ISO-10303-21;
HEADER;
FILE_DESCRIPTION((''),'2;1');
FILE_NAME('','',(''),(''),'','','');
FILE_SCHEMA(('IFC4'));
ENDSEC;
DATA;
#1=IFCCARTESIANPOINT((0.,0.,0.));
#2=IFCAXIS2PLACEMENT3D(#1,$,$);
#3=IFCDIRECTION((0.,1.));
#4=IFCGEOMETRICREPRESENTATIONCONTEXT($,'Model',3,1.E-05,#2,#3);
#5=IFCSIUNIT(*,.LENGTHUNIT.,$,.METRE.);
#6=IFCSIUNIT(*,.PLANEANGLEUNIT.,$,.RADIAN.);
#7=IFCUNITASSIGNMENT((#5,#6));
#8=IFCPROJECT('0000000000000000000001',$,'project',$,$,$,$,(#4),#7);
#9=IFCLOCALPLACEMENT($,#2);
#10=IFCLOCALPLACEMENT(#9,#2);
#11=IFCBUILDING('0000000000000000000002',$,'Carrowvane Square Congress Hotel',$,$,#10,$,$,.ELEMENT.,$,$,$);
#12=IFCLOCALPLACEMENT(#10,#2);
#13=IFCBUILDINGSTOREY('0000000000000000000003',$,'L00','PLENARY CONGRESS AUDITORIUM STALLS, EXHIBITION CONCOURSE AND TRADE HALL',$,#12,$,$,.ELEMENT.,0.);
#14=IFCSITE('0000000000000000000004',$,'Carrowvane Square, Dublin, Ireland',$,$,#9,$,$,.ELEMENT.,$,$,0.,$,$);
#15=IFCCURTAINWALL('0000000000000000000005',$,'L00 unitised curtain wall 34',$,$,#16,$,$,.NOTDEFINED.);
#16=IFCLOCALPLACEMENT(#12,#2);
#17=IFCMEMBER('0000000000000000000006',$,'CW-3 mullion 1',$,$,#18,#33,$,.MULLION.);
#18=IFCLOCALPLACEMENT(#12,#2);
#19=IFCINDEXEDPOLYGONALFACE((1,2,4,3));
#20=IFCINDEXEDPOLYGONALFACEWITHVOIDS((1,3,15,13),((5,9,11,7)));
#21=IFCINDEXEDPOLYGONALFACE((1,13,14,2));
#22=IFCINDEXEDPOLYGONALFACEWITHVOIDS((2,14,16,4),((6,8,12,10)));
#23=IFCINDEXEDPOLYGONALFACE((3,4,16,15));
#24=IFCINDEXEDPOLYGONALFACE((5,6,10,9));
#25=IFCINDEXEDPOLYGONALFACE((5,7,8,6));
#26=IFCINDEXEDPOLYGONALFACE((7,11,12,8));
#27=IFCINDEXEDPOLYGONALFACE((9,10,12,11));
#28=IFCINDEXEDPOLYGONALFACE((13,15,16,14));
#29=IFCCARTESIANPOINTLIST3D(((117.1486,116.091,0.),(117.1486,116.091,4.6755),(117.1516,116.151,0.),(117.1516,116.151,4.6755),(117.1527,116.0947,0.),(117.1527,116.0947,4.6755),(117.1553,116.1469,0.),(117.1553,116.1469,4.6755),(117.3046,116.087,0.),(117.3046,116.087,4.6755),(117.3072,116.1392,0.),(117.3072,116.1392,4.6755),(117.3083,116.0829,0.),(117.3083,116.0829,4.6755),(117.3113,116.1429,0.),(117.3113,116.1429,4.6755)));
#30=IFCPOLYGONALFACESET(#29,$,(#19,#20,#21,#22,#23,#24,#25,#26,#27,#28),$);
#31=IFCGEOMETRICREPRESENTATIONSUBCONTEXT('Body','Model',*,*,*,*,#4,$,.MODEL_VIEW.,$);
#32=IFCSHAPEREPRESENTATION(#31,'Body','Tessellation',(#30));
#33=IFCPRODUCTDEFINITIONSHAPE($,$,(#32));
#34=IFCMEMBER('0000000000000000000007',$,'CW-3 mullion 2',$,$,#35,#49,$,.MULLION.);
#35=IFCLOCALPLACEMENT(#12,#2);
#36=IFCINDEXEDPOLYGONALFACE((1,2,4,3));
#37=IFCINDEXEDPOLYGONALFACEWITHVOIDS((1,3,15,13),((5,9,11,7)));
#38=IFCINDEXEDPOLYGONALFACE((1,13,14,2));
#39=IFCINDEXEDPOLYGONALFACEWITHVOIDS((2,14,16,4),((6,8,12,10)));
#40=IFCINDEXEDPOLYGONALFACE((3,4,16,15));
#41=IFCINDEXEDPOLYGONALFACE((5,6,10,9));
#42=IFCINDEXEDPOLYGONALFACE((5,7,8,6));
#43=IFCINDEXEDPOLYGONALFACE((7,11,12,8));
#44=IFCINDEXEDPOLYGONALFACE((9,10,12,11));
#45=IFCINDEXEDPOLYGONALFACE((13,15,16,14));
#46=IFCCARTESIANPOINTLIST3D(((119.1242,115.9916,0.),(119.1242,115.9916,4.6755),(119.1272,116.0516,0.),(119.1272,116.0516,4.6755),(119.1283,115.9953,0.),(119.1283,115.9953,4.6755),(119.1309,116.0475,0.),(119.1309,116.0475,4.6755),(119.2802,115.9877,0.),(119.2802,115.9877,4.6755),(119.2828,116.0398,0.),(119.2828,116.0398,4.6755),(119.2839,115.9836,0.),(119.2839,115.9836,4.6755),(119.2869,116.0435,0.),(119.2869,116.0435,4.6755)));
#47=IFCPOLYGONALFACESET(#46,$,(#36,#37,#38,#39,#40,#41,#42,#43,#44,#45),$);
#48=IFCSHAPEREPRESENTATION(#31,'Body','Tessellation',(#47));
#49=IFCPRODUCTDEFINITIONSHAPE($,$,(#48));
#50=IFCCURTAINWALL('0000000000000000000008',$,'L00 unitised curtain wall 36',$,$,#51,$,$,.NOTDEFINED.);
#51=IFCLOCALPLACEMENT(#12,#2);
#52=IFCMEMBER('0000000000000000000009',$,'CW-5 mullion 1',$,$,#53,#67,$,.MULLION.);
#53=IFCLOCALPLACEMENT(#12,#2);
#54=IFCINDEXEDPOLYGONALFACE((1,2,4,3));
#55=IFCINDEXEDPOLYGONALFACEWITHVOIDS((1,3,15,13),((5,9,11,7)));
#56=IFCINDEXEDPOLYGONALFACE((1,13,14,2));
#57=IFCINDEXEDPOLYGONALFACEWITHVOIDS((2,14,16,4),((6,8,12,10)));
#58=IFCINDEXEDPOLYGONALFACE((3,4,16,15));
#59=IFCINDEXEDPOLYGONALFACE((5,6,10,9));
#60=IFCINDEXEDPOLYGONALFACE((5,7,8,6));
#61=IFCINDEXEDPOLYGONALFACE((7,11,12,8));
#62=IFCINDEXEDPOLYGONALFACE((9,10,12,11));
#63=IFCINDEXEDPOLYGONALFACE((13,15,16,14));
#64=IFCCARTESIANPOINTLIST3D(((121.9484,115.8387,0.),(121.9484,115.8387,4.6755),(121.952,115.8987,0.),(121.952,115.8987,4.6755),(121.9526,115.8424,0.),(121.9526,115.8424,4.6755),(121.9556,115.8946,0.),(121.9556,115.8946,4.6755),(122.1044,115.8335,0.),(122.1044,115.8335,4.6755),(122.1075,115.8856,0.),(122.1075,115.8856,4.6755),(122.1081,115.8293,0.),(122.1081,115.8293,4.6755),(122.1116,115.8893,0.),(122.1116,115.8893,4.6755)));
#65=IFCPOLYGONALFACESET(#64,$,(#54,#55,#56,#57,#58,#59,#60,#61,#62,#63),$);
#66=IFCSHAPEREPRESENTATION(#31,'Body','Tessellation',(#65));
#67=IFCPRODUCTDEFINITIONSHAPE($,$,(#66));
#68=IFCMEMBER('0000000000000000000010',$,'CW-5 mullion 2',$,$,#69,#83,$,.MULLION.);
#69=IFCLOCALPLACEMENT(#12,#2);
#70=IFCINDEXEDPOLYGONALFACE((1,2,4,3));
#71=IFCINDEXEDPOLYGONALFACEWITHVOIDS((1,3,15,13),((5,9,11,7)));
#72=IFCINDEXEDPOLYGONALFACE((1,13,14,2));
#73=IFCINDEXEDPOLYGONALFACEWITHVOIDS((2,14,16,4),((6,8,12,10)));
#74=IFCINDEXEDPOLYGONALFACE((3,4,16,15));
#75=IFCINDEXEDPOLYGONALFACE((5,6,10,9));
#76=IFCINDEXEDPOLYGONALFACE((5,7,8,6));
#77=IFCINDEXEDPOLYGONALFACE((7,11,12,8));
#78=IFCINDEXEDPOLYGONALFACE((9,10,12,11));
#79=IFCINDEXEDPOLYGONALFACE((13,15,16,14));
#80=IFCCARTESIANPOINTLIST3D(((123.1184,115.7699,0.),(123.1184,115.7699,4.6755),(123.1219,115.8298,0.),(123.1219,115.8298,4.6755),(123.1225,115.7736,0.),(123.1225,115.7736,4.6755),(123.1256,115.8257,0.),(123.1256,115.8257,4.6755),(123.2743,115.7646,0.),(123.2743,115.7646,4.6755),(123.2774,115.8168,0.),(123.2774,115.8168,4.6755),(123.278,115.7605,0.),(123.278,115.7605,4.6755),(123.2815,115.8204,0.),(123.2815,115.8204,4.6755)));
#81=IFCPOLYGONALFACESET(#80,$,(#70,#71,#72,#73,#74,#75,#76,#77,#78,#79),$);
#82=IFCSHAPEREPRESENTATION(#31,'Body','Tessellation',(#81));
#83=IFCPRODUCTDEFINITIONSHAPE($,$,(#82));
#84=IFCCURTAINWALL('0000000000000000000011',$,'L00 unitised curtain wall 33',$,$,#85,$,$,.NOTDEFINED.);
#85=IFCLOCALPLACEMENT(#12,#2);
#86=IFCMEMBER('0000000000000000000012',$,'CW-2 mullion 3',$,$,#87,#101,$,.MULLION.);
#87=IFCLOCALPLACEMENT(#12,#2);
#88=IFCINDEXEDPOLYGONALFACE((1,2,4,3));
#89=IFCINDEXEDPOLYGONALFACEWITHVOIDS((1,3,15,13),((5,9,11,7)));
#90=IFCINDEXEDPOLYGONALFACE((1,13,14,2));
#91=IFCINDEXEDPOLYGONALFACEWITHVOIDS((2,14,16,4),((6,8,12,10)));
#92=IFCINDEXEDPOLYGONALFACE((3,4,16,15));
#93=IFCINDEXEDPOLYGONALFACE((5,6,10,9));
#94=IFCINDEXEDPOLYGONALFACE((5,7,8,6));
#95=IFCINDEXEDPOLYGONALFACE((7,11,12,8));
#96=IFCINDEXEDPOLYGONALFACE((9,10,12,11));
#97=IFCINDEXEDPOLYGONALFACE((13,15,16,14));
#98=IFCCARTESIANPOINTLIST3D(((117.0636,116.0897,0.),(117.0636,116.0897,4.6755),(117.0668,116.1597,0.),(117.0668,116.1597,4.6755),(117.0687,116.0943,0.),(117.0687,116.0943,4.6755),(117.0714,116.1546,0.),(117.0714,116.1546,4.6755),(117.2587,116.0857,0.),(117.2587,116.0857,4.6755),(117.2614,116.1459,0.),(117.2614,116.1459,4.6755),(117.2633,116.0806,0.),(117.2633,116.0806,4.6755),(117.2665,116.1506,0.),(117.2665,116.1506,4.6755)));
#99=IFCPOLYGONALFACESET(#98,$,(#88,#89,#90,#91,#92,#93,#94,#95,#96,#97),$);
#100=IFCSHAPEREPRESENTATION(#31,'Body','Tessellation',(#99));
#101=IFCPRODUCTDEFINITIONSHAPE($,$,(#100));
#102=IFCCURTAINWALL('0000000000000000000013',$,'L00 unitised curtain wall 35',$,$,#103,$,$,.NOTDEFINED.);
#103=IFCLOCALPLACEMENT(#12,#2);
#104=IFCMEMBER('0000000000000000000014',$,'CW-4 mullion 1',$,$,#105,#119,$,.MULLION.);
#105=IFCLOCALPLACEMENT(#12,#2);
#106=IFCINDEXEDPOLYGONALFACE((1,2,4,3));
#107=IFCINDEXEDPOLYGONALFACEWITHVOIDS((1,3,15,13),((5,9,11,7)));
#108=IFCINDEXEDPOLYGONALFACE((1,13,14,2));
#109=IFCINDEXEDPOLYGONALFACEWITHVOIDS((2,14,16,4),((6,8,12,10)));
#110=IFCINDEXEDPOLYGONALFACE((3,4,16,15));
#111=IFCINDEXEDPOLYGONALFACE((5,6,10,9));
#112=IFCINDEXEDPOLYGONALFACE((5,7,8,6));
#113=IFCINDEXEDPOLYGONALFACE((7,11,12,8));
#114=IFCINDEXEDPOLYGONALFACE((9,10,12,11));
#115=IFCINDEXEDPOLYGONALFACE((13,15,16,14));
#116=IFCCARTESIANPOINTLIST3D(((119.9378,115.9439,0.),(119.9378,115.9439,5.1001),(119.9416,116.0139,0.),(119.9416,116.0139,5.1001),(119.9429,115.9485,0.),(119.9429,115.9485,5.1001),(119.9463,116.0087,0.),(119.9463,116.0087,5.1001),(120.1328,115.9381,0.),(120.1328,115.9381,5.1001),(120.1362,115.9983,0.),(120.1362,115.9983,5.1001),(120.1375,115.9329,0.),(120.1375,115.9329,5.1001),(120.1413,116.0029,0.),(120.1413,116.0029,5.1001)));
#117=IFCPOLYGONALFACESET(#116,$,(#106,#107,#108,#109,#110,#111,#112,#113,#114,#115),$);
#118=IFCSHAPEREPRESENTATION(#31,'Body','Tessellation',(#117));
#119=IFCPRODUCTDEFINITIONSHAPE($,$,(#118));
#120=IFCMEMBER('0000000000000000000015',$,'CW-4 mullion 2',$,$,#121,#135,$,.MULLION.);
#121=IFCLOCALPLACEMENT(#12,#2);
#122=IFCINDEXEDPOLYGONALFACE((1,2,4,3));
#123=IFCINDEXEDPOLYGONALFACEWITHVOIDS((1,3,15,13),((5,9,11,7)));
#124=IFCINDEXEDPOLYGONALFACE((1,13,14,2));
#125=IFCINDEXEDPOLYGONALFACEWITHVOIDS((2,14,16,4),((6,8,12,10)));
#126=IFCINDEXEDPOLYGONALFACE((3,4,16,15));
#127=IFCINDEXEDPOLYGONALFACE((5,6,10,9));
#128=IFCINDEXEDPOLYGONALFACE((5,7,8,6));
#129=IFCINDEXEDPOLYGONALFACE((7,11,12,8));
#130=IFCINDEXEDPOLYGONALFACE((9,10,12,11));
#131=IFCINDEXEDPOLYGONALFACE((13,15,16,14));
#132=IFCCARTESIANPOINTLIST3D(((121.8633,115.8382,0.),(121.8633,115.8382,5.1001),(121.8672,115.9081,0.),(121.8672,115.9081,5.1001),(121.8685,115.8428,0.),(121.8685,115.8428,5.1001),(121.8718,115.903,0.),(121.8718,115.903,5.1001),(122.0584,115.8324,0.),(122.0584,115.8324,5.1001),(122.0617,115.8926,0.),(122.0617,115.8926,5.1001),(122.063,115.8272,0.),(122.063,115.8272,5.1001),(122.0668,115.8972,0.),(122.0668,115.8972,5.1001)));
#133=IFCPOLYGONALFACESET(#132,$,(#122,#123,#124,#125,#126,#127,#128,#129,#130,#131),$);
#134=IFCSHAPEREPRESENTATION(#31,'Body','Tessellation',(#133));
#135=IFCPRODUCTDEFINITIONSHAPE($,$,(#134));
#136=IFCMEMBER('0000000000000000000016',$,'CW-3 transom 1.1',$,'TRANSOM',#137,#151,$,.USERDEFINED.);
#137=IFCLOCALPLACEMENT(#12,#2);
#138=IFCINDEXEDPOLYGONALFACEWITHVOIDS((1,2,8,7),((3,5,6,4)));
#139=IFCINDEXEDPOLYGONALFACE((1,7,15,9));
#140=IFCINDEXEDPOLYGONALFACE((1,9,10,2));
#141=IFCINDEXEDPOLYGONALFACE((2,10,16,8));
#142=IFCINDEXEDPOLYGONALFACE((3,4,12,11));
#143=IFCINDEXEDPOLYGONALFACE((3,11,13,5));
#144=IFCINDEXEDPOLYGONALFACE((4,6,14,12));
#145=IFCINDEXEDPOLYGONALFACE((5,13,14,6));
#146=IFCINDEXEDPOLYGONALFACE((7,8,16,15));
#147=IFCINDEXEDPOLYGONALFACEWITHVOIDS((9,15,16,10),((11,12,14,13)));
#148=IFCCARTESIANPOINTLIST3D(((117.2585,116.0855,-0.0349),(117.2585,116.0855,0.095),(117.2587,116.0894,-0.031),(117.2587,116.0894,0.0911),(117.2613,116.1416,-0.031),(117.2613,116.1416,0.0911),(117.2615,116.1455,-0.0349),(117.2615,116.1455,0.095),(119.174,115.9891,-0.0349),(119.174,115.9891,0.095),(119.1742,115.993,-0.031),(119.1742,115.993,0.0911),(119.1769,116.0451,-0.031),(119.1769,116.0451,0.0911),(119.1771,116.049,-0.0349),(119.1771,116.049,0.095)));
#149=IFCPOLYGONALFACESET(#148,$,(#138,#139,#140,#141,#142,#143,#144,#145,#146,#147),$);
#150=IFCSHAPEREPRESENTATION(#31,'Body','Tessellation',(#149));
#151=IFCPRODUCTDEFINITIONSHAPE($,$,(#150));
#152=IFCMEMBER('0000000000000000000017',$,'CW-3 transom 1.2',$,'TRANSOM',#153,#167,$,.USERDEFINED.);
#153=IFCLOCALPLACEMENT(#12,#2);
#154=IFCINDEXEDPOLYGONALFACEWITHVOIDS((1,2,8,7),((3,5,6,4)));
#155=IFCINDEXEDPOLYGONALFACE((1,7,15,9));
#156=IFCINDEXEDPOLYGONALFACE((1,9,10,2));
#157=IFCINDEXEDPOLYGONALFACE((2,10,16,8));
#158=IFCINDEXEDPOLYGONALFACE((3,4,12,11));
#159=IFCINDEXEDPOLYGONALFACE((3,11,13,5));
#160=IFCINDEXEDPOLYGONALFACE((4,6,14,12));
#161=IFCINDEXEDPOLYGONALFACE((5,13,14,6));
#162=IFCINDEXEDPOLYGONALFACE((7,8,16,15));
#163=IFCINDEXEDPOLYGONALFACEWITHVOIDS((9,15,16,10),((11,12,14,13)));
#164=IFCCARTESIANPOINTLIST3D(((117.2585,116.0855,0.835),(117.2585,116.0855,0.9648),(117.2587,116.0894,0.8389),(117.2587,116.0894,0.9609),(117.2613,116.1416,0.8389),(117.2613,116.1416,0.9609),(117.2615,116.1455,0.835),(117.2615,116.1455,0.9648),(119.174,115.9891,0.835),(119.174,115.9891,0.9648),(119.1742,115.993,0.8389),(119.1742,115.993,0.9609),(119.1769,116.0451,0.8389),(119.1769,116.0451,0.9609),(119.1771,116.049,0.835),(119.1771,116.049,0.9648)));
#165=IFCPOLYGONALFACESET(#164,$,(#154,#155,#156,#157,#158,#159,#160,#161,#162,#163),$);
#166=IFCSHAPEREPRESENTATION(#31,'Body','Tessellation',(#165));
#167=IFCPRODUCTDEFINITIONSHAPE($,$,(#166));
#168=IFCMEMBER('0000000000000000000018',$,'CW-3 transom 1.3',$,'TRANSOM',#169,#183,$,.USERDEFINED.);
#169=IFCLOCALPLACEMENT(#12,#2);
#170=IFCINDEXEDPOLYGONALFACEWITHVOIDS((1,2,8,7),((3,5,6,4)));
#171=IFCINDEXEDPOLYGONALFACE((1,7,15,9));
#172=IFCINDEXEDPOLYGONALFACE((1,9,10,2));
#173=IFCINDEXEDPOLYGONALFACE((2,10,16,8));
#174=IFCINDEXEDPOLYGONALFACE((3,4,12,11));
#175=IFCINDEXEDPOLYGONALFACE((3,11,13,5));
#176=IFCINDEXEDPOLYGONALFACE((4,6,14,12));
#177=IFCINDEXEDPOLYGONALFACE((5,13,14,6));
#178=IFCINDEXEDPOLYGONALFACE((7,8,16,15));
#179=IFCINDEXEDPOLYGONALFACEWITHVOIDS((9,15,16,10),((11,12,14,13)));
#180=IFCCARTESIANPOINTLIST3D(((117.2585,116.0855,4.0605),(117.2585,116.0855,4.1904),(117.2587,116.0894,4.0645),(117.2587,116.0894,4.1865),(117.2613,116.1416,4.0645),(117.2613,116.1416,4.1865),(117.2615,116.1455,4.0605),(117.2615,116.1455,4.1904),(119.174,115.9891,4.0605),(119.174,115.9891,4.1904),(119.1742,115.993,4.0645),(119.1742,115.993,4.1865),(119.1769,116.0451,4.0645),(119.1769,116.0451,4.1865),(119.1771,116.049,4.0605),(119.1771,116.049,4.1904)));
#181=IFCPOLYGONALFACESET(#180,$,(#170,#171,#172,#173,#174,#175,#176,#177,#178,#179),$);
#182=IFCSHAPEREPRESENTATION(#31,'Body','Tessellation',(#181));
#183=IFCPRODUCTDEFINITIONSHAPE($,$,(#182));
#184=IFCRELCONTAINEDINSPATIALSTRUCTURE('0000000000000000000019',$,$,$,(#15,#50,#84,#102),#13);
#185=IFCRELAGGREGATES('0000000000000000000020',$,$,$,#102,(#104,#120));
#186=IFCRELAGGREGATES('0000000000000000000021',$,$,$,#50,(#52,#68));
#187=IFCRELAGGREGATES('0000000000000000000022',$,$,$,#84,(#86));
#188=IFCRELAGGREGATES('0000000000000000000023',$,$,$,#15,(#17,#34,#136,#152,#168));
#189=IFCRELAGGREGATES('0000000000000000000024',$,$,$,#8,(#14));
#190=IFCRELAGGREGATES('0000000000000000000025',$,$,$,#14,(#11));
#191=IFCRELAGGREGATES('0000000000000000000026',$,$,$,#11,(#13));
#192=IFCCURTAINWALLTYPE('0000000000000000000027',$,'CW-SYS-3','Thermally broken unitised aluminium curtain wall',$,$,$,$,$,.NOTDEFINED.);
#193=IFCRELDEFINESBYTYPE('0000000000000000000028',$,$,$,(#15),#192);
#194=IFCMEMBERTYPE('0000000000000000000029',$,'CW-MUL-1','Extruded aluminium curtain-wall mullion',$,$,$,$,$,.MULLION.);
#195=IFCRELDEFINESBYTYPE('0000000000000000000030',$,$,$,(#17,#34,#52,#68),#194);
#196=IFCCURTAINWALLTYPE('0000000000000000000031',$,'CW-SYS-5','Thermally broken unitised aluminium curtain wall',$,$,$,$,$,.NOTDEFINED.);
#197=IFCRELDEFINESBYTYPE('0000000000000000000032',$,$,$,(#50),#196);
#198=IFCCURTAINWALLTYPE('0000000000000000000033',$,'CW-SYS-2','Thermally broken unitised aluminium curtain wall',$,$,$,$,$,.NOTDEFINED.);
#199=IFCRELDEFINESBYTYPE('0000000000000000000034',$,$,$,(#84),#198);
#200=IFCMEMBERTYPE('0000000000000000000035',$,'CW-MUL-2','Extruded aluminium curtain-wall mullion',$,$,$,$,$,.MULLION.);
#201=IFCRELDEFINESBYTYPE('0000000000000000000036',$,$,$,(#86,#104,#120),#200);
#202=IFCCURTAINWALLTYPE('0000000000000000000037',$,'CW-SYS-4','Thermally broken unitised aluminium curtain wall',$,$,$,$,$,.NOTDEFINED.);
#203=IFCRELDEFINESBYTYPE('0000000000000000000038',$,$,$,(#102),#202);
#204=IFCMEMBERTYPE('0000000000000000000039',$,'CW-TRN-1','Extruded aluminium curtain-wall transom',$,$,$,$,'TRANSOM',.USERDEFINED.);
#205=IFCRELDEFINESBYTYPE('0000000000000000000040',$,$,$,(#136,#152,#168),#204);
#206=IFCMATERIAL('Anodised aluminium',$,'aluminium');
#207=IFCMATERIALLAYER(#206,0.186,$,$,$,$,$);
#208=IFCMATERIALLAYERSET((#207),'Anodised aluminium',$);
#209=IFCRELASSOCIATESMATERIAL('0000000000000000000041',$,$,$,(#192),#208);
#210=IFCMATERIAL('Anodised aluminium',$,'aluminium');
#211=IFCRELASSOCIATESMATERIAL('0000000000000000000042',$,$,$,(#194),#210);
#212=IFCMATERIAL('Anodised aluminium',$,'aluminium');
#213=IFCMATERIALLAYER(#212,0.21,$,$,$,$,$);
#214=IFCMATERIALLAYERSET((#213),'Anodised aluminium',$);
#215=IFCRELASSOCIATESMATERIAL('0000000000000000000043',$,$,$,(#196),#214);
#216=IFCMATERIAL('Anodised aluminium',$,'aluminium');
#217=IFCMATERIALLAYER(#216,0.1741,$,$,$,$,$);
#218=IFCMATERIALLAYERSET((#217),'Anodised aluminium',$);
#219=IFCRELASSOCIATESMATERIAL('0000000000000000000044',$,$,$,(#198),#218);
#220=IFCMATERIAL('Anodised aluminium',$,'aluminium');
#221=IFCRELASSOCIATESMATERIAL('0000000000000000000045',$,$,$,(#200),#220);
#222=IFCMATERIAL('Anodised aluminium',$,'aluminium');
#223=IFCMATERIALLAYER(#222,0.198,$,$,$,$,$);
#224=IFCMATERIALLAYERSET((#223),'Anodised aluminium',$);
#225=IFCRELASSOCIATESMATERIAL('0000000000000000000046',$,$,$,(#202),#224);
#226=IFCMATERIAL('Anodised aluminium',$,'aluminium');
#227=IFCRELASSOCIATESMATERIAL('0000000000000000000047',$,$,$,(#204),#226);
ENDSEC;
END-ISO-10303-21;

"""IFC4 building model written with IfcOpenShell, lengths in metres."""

from ifc_helpers import new_model, si_unit, direction, frame, origin, origin_2d, place, context, subcontext, project, spatial, hollow_rectangle, extrude, material, layer, layer_set, material_profile, profile_set, type_object, element, aggregate, save


model = new_model("IFC4")

# Units and contexts
model_context = context("Model", 3, precision=1e-05, world=origin(), true_north=direction((0.0, 1.0)))
body_context = subcontext(model_context, "Body", "Model", "MODEL_VIEW")
ifc_project = project(units=[si_unit("LENGTHUNIT", "METRE"), si_unit("PLANEANGLEUNIT", "RADIAN")], contexts=[model_context])

# Site, building, storey
site_placement = place(None, origin())
site = spatial("IfcSite", under=ifc_project, at=site_placement, Name="Carrowvane Square, Dublin, Ireland", CompositionType="ELEMENT", RefElevation=0.0)
building_placement = place(site_placement, origin())
building = spatial("IfcBuilding", under=site, at=building_placement, Name="Carrowvane Square Congress Hotel", CompositionType="ELEMENT")
storey_placement = place(building_placement, origin())
storey = spatial("IfcBuildingStorey", under=building, at=storey_placement, Name="L00", Description="PLENARY CONGRESS AUDITORIUM STALLS, EXHIBITION CONCOURSE AND TRADE HALL", CompositionType="ELEMENT", Elevation=0.0)

# Curtain walls, members
ifc_material_1 = material(Name="Anodised aluminium", Category="aluminium")
ifc_layer_1 = layer(ifc_material_1, 0.186)
ifc_layer_set_1 = layer_set([ifc_layer_1], Name="Anodised aluminium")
curtain_wall_type_1 = type_object("IfcCurtainWallType", Name="CW-SYS-3", Description="Thermally broken unitised aluminium curtain wall", PredefinedType="NOTDEFINED", material=ifc_layer_set_1)
curtain_wall_1_placement = place(storey_placement, origin())
curtain_wall_1 = element("IfcCurtainWall", 1, at=curtain_wall_1_placement, inside=storey, type_object=curtain_wall_type_1, Name="L00 unitised curtain wall 34", PredefinedType="NOTDEFINED")
ifc_material_2 = material(Name="Anodised aluminium", Category="aluminium")
ifc_material_profile_1 = material_profile(ifc_material_2, hollow_rectangle(XDim=0.0601, YDim=0.1599, WallThickness=0.0039, at=origin_2d()), Name="CW-ML 60x160x4")
ifc_profile_set_1 = profile_set([ifc_material_profile_1], Name="Anodised aluminium")
member_type_1 = type_object("IfcMemberType", Name="CW-MUL-1", Description="Extruded aluminium curtain-wall mullion", PredefinedType="MULLION", material=ifc_profile_set_1)
member_1_placement = place(storey_placement, frame((117.23, 116.1169, 0.0), z_axis=(0.0, 0.0, 1.0), x_axis=(0.050324, 0.998733, 0.0)))
member_1 = element("IfcMember", 2, at=member_1_placement, type_object=member_type_1, Name="CW-3 mullion 1", PredefinedType="MULLION", context=body_context, shape_type="SweptSolid", body=[
    extrude(hollow_rectangle(XDim=0.0601, YDim=0.1599, WallThickness=0.0039, at=origin_2d()), origin(), (0.0, 0.0, 1.0), 4.6755),
])
member_2_placement = place(storey_placement, frame((119.2056, 116.0176, 0.0), z_axis=(0.0, 0.0, 1.0), x_axis=(0.050324, 0.998733, 0.0)))
member_2 = element("IfcMember", 3, at=member_2_placement, type_object=member_type_1, Name="CW-3 mullion 2", PredefinedType="MULLION", context=body_context, shape_type="SweptSolid", body=[
    extrude(hollow_rectangle(XDim=0.0601, YDim=0.1599, WallThickness=0.0039, at=origin_2d()), origin(), (0.0, 0.0, 1.0), 4.6755),
])
ifc_material_3 = material(Name="Anodised aluminium", Category="aluminium")
ifc_layer_2 = layer(ifc_material_3, 0.21)
ifc_layer_set_2 = layer_set([ifc_layer_2], Name="Anodised aluminium")
curtain_wall_type_2 = type_object("IfcCurtainWallType", Name="CW-SYS-5", Description="Thermally broken unitised aluminium curtain wall", PredefinedType="NOTDEFINED", material=ifc_layer_set_2)
curtain_wall_2_placement = place(storey_placement, origin())
curtain_wall_2 = element("IfcCurtainWall", 4, at=curtain_wall_2_placement, inside=storey, type_object=curtain_wall_type_2, Name="L00 unitised curtain wall 36", PredefinedType="NOTDEFINED")
member_3_placement = place(storey_placement, frame((122.03, 115.864, 0.0), z_axis=(0.0, 0.0, 1.0), x_axis=(0.058851, 0.998267, 0.0)))
member_3 = element("IfcMember", 5, at=member_3_placement, type_object=member_type_1, Name="CW-5 mullion 1", PredefinedType="MULLION", context=body_context, shape_type="SweptSolid", body=[
    extrude(hollow_rectangle(XDim=0.0601, YDim=0.1599, WallThickness=0.0039, at=origin_2d()), origin(), (0.0, 0.0, 1.0), 4.6755),
])
member_4_placement = place(storey_placement, frame((123.2, 115.7952, 0.0), z_axis=(0.0, 0.0, 1.0), x_axis=(0.058851, 0.998267, 0.0)))
member_4 = element("IfcMember", 6, at=member_4_placement, type_object=member_type_1, Name="CW-5 mullion 2", PredefinedType="MULLION", context=body_context, shape_type="SweptSolid", body=[
    extrude(hollow_rectangle(XDim=0.0601, YDim=0.1599, WallThickness=0.0039, at=origin_2d()), origin(), (0.0, 0.0, 1.0), 4.6755),
])

# Curtain wall, member
ifc_material_4 = material(Name="Anodised aluminium", Category="aluminium")
ifc_layer_3 = layer(ifc_material_4, 0.1741)
ifc_layer_set_3 = layer_set([ifc_layer_3], Name="Anodised aluminium")
curtain_wall_type_3 = type_object("IfcCurtainWallType", Name="CW-SYS-2", Description="Thermally broken unitised aluminium curtain wall", PredefinedType="NOTDEFINED", material=ifc_layer_set_3)
curtain_wall_3_placement = place(storey_placement, origin())
curtain_wall_3 = element("IfcCurtainWall", 7, at=curtain_wall_3_placement, inside=storey, type_object=curtain_wall_type_3, Name="L00 unitised curtain wall 33", PredefinedType="NOTDEFINED")
ifc_material_5 = material(Name="Anodised aluminium", Category="aluminium")
ifc_material_profile_2 = material_profile(ifc_material_5, hollow_rectangle(XDim=0.0701, YDim=0.2, WallThickness=0.0049, at=origin_2d()), Name="CW-ML 70x200x5")
ifc_profile_set_2 = profile_set([ifc_material_profile_2], Name="Anodised aluminium")
member_type_2 = type_object("IfcMemberType", Name="CW-MUL-2", Description="Extruded aluminium curtain-wall mullion", PredefinedType="MULLION", material=ifc_profile_set_2)
member_5_placement = place(storey_placement, frame((117.165, 116.1201, 0.0), z_axis=(0.0, 0.0, 1.0), x_axis=(0.045411, 0.998968, 0.0)))
member_5 = element("IfcMember", 8, at=member_5_placement, type_object=member_type_2, Name="CW-2 mullion 3", PredefinedType="MULLION", context=body_context, shape_type="SweptSolid", body=[
    extrude(hollow_rectangle(XDim=0.0701, YDim=0.2, WallThickness=0.0049, at=origin_2d()), origin(), (0.0, 0.0, 1.0), 4.6755),
])

# Curtain wall, members
ifc_material_6 = material(Name="Anodised aluminium", Category="aluminium")
ifc_layer_4 = layer(ifc_material_6, 0.198)
ifc_layer_set_4 = layer_set([ifc_layer_4], Name="Anodised aluminium")
curtain_wall_type_4 = type_object("IfcCurtainWallType", Name="CW-SYS-4", Description="Thermally broken unitised aluminium curtain wall", PredefinedType="NOTDEFINED", material=ifc_layer_set_4)
curtain_wall_4_placement = place(storey_placement, origin())
curtain_wall_4 = element("IfcCurtainWall", 9, at=curtain_wall_4_placement, inside=storey, type_object=curtain_wall_type_4, Name="L00 unitised curtain wall 35", PredefinedType="NOTDEFINED")
member_6_placement = place(storey_placement, frame((120.0396, 115.9734, 0.0), z_axis=(0.0, 0.0, 1.0), x_axis=(0.054816, 0.998496, 0.0)))
member_6 = element("IfcMember", 10, at=member_6_placement, type_object=member_type_2, Name="CW-4 mullion 1", PredefinedType="MULLION", context=body_context, shape_type="SweptSolid", body=[
    extrude(hollow_rectangle(XDim=0.0701, YDim=0.2, WallThickness=0.0049, at=origin_2d()), origin(), (0.0, 0.0, 1.0), 5.1001),
])
member_7_placement = place(storey_placement, frame((121.9651, 115.8677, 0.0), z_axis=(0.0, 0.0, 1.0), x_axis=(0.054816, 0.998496, 0.0)))
member_7 = element("IfcMember", 11, at=member_7_placement, type_object=member_type_2, Name="CW-4 mullion 2", PredefinedType="MULLION", context=body_context, shape_type="SweptSolid", body=[
    extrude(hollow_rectangle(XDim=0.0701, YDim=0.2, WallThickness=0.0049, at=origin_2d()), origin(), (0.0, 0.0, 1.0), 5.1001),
])

# Members
ifc_material_7 = material(Name="Anodised aluminium", Category="aluminium")
ifc_material_profile_3 = material_profile(ifc_material_7, hollow_rectangle(XDim=0.0601, YDim=0.1299, WallThickness=0.0039, at=origin_2d()), Name="CW-TR 60x130x4")
ifc_profile_set_3 = profile_set([ifc_material_profile_3], Name="Anodised aluminium")
member_type_3 = type_object("IfcMemberType", Name="CW-TRN-1", Description="Extruded aluminium curtain-wall transom", ElementType="TRANSOM", PredefinedType="USERDEFINED", material=ifc_profile_set_3)
member_8_placement = place(storey_placement, frame((117.26, 116.1155, 0.03), z_axis=(0.998735, -0.05028, 0.0), x_axis=(0.05028, 0.998735, 0.0)))
member_8 = element("IfcMember", 12, at=member_8_placement, type_object=member_type_3, Name="CW-3 transom 1.1", ObjectType="TRANSOM", PredefinedType="USERDEFINED", context=body_context, shape_type="SweptSolid", body=[
    extrude(hollow_rectangle(XDim=0.0601, YDim=0.1299, WallThickness=0.0039, at=origin_2d()), origin(), (0.0, 0.0, 1.0), 1.918),
])
member_9_placement = place(storey_placement, frame((117.26, 116.1155, 0.8999), z_axis=(0.998735, -0.05028, 0.0), x_axis=(0.05028, 0.998735, 0.0)))
member_9 = element("IfcMember", 13, at=member_9_placement, type_object=member_type_3, Name="CW-3 transom 1.2", ObjectType="TRANSOM", PredefinedType="USERDEFINED", context=body_context, shape_type="SweptSolid", body=[
    extrude(hollow_rectangle(XDim=0.0601, YDim=0.1299, WallThickness=0.0039, at=origin_2d()), origin(), (0.0, 0.0, 1.0), 1.918),
])
member_10_placement = place(storey_placement, frame((117.26, 116.1155, 4.1255), z_axis=(0.998735, -0.05028, 0.0), x_axis=(0.05028, 0.998735, 0.0)))
member_10 = element("IfcMember", 14, at=member_10_placement, type_object=member_type_3, Name="CW-3 transom 1.3", ObjectType="TRANSOM", PredefinedType="USERDEFINED", context=body_context, shape_type="SweptSolid", body=[
    extrude(hollow_rectangle(XDim=0.0601, YDim=0.1299, WallThickness=0.0039, at=origin_2d()), origin(), (0.0, 0.0, 1.0), 1.918),
])

aggregate(curtain_wall_4, [member_6, member_7])
aggregate(curtain_wall_2, [member_3, member_4])
aggregate(curtain_wall_3, [member_5])
aggregate(curtain_wall_1, [member_1, member_2, member_8, member_9, member_10])

save(model, "model.ifc")
